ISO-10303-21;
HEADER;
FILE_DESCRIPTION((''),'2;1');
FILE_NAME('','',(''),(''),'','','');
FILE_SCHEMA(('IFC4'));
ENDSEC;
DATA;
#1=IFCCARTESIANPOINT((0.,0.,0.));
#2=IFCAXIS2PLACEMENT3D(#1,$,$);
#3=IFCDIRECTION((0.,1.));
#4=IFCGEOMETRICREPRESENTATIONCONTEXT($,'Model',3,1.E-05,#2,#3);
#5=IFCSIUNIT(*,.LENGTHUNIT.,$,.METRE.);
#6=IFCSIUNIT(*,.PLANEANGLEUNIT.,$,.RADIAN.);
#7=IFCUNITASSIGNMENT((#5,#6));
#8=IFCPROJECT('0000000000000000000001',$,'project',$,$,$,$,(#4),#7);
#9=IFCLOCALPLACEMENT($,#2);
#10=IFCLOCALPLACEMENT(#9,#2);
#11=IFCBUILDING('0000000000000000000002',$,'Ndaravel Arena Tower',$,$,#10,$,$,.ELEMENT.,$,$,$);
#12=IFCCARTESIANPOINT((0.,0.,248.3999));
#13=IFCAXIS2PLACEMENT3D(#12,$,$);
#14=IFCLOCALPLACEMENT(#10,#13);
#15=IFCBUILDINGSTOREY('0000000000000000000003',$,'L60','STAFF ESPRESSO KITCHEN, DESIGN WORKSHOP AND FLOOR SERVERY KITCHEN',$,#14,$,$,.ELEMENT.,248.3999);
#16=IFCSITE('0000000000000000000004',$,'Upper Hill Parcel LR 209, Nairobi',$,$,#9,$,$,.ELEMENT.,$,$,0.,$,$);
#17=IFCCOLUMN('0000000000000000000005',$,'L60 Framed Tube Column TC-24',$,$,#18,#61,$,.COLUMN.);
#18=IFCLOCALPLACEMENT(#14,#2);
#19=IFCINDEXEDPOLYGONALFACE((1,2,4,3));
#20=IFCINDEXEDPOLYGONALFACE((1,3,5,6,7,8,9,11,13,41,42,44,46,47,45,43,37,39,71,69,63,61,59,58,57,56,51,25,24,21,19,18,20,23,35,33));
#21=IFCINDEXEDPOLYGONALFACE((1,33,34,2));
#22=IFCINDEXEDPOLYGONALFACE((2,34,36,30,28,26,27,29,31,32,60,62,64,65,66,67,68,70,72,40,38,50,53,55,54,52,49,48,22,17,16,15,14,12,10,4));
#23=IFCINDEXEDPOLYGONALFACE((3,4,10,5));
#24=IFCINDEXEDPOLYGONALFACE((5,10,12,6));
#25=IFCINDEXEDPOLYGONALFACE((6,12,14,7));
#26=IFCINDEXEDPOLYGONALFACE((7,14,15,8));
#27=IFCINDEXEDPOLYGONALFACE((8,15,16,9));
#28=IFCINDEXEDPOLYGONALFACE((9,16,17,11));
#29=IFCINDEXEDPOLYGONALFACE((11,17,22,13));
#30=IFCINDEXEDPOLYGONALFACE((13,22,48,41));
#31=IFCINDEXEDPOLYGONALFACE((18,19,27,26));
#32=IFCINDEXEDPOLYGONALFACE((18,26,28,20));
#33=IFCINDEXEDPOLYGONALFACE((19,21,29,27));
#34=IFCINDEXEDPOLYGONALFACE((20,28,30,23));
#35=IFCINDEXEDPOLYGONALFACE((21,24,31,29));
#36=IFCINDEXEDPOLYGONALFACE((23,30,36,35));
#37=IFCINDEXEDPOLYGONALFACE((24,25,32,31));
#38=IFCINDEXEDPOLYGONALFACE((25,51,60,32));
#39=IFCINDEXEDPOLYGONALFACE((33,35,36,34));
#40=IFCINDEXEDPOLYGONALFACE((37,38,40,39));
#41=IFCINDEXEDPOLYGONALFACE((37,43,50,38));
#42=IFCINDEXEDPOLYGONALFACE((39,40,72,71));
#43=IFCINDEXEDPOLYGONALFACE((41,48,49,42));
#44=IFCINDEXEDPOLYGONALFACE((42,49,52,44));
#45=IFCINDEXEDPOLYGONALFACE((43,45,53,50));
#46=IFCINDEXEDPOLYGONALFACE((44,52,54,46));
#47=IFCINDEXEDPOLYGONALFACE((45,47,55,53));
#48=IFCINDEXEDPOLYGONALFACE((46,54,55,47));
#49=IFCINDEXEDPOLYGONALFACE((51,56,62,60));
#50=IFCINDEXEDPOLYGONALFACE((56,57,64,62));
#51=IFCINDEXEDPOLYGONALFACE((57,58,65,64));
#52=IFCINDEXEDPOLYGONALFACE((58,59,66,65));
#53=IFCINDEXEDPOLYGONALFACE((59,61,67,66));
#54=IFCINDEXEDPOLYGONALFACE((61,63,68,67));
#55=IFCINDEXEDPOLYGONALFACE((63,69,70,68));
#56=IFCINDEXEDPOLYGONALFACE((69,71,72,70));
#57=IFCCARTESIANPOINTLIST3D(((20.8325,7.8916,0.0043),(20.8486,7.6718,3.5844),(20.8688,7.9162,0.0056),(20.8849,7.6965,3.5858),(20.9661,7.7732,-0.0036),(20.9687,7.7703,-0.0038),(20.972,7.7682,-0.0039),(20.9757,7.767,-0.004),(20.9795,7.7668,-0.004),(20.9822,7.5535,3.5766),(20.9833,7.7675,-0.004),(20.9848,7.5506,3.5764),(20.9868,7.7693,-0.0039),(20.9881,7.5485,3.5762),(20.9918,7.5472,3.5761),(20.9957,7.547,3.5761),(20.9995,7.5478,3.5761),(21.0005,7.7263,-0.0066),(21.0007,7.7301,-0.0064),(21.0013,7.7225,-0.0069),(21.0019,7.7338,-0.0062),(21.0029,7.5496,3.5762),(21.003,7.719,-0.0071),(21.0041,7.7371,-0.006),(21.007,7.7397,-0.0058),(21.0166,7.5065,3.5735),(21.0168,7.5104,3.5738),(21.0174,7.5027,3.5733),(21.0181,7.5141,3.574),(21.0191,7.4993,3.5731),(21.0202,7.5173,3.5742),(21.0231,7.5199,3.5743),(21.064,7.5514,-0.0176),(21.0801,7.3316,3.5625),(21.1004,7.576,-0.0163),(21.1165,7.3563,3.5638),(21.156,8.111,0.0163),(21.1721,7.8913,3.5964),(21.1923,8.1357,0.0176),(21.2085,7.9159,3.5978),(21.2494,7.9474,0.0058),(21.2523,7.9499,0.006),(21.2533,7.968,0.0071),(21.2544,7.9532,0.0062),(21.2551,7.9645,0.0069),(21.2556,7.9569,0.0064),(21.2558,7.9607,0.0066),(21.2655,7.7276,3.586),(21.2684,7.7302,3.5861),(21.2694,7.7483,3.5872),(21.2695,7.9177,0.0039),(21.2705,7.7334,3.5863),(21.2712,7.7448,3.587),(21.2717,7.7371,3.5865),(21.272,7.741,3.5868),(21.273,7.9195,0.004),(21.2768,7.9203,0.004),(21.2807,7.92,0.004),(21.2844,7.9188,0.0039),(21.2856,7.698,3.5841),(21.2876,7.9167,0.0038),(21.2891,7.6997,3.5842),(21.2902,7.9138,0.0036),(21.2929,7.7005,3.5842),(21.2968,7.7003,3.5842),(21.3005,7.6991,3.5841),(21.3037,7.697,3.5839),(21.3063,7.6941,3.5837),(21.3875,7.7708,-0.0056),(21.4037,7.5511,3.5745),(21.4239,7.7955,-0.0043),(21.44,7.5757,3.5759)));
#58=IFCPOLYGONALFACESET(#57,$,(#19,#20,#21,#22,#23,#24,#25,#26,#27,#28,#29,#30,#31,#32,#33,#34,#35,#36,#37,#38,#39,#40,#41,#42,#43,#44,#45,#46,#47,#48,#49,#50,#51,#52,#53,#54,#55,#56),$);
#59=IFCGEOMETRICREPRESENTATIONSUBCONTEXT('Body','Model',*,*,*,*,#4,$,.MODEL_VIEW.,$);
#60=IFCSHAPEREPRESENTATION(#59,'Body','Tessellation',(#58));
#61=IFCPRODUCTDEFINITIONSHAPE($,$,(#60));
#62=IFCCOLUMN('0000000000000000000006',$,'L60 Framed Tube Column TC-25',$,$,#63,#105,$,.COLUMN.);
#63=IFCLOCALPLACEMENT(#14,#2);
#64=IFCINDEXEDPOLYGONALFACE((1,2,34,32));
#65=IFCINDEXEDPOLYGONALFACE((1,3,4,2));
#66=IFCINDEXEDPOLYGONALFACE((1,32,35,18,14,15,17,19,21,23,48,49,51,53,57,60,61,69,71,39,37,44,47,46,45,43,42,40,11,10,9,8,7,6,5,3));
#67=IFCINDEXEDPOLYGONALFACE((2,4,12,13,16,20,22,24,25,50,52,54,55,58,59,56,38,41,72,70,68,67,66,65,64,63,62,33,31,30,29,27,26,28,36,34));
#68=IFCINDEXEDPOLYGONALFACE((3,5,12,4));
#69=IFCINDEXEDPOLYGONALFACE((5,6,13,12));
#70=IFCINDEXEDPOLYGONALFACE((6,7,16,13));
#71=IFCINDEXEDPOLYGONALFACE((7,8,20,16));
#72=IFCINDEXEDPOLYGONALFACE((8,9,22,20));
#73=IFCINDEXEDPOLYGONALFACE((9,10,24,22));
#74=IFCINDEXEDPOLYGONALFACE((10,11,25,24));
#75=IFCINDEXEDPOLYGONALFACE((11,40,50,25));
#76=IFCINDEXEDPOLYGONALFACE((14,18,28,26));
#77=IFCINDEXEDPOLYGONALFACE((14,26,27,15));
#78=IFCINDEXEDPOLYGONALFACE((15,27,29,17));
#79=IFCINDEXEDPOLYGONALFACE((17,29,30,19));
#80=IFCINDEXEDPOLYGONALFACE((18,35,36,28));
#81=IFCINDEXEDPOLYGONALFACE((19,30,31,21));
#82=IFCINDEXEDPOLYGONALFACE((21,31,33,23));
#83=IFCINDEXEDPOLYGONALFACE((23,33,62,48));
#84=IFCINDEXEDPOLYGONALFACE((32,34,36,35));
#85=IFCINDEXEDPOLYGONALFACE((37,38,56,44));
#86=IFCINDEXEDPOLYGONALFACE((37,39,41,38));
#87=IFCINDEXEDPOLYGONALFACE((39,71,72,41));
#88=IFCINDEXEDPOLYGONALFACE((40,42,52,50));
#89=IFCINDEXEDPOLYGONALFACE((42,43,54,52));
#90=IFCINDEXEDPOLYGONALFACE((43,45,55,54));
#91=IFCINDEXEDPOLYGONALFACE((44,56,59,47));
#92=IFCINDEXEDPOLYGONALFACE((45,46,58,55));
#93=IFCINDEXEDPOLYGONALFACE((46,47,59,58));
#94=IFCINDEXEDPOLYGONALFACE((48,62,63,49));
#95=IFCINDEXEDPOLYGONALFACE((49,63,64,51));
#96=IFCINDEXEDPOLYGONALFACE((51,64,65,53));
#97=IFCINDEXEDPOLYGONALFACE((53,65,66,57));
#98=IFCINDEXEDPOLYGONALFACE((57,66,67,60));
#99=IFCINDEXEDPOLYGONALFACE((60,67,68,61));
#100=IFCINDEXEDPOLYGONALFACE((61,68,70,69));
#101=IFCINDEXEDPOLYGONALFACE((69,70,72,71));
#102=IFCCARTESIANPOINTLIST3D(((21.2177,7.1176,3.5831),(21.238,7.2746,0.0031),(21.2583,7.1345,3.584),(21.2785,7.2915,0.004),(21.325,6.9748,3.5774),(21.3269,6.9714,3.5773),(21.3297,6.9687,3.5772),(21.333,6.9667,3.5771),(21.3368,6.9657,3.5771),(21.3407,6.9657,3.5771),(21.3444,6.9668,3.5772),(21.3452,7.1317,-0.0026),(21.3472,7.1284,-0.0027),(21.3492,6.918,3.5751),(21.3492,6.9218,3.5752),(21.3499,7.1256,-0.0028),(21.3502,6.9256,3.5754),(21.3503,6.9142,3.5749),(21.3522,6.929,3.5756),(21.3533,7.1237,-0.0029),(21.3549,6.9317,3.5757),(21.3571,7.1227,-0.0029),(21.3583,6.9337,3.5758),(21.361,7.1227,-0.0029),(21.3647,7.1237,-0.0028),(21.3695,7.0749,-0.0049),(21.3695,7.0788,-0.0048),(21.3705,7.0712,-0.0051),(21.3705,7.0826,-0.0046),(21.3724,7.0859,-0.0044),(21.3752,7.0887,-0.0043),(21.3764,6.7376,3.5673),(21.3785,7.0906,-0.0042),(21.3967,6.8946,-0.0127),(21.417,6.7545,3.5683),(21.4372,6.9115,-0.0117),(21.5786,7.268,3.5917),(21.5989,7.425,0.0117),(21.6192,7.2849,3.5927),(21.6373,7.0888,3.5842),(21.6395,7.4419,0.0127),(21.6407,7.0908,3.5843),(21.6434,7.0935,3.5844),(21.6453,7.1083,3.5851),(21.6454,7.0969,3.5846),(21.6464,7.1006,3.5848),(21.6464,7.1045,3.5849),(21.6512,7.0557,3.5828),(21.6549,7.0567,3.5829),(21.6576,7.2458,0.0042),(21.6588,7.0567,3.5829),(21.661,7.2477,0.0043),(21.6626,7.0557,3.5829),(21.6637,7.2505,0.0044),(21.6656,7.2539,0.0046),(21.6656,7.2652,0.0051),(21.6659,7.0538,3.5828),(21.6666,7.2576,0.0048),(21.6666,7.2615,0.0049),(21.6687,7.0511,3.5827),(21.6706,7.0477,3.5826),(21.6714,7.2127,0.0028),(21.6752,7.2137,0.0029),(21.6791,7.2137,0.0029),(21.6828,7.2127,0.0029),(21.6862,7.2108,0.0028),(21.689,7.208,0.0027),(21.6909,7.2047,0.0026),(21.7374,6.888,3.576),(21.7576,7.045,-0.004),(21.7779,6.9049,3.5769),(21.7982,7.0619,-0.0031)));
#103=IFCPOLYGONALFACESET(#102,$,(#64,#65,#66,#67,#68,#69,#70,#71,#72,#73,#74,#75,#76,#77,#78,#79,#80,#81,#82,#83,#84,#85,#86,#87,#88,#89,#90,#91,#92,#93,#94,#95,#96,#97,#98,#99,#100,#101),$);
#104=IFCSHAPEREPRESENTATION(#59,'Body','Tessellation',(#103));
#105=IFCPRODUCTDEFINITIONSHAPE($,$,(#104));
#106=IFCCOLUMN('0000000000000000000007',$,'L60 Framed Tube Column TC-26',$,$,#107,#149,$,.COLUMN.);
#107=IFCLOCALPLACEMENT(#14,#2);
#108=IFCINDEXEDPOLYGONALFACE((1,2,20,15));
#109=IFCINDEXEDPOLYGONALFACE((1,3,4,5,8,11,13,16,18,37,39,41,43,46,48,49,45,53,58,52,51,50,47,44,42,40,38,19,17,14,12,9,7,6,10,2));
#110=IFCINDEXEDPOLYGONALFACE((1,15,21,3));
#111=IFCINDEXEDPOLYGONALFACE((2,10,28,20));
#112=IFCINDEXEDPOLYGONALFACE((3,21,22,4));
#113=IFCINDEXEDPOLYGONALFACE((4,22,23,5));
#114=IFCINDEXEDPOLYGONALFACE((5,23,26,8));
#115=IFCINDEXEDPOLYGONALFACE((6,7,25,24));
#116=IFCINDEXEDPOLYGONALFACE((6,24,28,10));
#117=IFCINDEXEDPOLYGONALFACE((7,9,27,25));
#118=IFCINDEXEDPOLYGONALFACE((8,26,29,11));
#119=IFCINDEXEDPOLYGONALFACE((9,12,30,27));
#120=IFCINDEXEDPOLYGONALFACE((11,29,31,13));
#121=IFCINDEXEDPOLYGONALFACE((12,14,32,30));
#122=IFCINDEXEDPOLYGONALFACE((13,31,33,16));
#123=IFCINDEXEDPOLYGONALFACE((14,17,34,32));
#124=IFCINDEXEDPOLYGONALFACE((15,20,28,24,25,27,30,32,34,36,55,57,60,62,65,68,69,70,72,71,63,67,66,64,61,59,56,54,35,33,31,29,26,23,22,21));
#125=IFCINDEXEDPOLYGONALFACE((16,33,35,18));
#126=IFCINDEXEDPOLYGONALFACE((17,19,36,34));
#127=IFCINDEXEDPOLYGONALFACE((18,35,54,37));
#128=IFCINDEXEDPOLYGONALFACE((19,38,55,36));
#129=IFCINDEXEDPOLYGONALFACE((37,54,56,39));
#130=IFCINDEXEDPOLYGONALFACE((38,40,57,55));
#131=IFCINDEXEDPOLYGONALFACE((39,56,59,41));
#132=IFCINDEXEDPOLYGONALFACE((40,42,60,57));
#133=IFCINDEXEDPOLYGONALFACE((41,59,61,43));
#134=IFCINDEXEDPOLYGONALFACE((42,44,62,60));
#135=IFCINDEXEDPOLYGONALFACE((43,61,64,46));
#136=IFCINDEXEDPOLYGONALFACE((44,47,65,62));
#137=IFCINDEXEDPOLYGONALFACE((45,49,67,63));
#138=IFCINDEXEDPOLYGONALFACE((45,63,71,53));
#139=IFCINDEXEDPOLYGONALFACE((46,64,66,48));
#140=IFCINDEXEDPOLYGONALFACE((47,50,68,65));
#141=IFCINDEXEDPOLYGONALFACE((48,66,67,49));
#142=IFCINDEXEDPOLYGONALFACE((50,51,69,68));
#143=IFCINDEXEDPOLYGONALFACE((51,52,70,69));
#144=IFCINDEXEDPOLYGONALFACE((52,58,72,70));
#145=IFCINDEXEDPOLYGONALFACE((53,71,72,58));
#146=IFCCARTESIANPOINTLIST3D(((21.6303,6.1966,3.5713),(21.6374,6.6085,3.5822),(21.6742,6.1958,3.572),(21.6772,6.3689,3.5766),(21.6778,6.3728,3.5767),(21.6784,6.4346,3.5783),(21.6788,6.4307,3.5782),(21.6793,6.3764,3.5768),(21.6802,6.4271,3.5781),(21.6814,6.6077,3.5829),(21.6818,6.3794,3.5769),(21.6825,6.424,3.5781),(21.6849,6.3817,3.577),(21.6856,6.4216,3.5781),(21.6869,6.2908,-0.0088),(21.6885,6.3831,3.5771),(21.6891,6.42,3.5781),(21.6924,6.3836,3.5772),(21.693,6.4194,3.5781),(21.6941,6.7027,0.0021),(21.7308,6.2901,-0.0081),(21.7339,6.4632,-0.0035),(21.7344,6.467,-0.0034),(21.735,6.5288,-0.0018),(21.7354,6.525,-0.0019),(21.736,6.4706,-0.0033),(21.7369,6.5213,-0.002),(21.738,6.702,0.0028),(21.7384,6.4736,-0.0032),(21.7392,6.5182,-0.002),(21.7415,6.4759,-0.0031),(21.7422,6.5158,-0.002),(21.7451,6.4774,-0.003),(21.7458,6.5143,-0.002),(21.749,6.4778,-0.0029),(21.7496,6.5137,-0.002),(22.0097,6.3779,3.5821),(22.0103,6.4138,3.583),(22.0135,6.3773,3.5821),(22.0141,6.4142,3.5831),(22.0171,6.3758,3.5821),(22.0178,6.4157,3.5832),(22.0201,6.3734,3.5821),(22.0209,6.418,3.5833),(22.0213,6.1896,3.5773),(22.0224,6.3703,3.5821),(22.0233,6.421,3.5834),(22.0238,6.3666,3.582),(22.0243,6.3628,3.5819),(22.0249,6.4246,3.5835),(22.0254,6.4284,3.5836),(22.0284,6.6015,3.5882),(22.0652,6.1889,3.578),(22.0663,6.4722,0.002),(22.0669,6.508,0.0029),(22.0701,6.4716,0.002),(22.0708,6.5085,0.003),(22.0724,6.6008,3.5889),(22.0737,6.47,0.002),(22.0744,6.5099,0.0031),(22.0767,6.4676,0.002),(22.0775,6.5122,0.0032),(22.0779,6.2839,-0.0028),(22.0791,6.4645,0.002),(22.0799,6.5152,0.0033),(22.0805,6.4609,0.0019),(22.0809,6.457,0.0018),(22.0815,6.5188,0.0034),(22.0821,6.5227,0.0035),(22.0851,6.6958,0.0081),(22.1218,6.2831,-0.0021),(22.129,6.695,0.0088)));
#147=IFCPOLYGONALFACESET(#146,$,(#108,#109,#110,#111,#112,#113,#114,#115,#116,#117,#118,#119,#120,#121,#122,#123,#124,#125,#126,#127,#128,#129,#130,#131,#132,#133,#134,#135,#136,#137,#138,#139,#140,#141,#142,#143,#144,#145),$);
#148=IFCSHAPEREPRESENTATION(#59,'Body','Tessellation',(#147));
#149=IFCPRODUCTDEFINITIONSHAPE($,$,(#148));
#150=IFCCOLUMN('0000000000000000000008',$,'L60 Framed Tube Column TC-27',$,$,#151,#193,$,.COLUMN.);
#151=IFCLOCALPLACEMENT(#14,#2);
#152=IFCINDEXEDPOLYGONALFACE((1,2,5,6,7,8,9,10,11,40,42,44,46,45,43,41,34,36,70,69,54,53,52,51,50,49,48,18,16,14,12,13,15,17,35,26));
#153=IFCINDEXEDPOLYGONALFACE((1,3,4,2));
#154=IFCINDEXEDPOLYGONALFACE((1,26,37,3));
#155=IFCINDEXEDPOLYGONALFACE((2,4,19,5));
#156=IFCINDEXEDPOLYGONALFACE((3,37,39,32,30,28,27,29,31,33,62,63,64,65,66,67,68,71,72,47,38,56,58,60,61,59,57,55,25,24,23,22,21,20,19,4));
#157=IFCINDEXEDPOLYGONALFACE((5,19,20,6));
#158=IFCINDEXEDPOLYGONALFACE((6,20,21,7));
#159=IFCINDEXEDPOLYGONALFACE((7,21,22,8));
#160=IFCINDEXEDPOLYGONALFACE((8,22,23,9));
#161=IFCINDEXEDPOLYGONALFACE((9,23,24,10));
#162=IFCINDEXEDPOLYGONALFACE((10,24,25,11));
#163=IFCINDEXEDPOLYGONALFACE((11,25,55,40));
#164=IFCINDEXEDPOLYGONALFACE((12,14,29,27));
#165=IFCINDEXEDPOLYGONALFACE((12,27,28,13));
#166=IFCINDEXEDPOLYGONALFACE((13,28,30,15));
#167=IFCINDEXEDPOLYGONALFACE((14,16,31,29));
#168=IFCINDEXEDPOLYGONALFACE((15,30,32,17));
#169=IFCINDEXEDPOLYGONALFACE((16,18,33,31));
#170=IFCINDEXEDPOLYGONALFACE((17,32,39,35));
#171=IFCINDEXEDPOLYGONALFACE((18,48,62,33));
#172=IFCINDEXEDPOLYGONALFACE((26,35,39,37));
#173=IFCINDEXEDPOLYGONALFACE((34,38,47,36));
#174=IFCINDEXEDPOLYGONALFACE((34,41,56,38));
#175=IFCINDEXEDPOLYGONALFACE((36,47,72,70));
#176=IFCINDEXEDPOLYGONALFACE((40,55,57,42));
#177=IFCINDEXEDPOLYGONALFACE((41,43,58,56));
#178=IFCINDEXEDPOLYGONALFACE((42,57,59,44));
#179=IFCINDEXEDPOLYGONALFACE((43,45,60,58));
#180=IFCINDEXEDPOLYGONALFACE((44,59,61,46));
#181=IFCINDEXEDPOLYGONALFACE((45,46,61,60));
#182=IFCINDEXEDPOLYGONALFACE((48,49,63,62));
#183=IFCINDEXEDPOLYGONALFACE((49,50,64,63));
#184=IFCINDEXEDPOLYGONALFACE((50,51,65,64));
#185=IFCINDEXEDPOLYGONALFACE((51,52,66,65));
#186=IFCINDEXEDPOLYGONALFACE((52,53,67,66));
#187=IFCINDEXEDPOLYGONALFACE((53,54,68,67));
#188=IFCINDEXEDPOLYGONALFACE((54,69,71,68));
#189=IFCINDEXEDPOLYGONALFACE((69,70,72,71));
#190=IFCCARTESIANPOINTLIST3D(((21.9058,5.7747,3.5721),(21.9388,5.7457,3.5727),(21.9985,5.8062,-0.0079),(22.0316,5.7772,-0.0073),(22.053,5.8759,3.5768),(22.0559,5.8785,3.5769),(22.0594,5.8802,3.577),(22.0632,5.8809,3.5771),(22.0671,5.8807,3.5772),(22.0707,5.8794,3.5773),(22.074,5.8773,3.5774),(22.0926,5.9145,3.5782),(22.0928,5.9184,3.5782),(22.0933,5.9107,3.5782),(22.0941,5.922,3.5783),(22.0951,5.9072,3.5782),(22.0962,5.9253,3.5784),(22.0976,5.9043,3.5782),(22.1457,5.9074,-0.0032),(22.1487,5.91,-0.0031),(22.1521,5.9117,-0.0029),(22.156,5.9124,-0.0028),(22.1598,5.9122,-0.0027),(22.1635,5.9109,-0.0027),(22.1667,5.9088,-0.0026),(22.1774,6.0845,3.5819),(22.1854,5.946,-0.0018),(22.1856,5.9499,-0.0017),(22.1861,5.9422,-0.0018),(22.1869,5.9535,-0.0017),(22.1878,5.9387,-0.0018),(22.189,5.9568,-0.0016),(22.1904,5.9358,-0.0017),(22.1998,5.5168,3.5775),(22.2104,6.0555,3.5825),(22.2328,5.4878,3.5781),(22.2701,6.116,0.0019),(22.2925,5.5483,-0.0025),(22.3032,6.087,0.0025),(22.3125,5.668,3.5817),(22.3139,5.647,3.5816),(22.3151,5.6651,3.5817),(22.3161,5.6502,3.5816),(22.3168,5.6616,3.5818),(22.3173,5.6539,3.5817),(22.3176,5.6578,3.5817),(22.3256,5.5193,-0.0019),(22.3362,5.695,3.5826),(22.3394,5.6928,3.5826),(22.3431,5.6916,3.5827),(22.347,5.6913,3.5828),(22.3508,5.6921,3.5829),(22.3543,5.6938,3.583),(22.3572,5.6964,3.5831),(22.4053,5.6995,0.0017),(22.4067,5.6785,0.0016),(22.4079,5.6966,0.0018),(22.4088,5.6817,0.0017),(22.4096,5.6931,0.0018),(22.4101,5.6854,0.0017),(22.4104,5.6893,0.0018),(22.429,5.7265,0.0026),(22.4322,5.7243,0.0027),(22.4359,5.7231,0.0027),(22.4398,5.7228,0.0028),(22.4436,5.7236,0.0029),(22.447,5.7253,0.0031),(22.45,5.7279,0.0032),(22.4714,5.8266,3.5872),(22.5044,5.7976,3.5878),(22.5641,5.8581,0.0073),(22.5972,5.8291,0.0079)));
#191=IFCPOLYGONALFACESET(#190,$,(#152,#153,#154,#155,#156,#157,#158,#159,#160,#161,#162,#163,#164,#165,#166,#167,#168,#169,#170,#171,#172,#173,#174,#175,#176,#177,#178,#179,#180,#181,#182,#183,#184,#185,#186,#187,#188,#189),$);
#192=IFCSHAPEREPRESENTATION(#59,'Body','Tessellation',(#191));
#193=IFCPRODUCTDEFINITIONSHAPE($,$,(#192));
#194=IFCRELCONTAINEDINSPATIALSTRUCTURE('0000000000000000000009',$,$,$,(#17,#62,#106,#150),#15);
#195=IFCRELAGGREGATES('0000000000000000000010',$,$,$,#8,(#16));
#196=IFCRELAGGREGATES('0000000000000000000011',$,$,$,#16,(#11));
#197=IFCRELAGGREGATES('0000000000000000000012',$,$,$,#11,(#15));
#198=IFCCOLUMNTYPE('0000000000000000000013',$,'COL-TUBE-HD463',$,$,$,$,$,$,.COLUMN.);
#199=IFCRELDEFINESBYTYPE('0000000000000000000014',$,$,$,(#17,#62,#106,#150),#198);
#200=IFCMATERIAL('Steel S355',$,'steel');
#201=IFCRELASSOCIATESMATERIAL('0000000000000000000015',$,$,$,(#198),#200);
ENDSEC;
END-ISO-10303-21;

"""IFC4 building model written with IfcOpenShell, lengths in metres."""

from ifc_helpers import new_model, si_unit, direction, frame, origin, origin_2d, place, context, subcontext, project, spatial, i_section, extrude, material, material_profile, profile_set, type_object, element, save


model = new_model("IFC4")

# Units and contexts
model_context = context("Model", 3, precision=1e-05, world=origin(), true_north=direction((0.0, 1.0)))
body_context = subcontext(model_context, "Body", "Model", "MODEL_VIEW")
ifc_project = project(units=[si_unit("LENGTHUNIT", "METRE"), si_unit("PLANEANGLEUNIT", "RADIAN")], contexts=[model_context])

# Site, building, storey
site_placement = place(None, origin())
site = spatial("IfcSite", under=ifc_project, at=site_placement, Name="Upper Hill Parcel LR 209, Nairobi", CompositionType="ELEMENT", RefElevation=0.0)
building_placement = place(site_placement, origin())
building = spatial("IfcBuilding", under=site, at=building_placement, Name="Ndaravel Arena Tower", CompositionType="ELEMENT")
storey_placement = place(building_placement, frame((0.0, 0.0, 248.3999)))
storey = spatial("IfcBuildingStorey", under=building, at=storey_placement, Name="L60", Description="STAFF ESPRESSO KITCHEN, DESIGN WORKSHOP AND FLOOR SERVERY KITCHEN", CompositionType="ELEMENT", Elevation=248.3999)

# Columns
ifc_material_1 = material(Name="Steel S355", Category="steel")
ifc_material_profile_1 = material_profile(ifc_material_1, i_section(OverallWidth=0.4121, OverallDepth=0.4351, WebThickness=0.0359, FlangeThickness=0.0439, FilletRadius=0.0149, at=origin_2d()), Name="HD 400x463")
ifc_profile_set_1 = profile_set([ifc_material_profile_1], Name="Steel S355")
column_type = type_object("IfcColumnType", Name="COL-TUBE-HD463", PredefinedType="COLUMN", material=ifc_profile_set_1)
column_1_placement = place(storey_placement, frame((21.1282, 7.8435, 0.0), z_axis=(0.004492, -0.061259, 0.998112), x_axis=(-0.56188, 0.825507, 0.053194)))
element("IfcColumn", 1, at=column_1_placement, inside=storey, type_object=column_type, Name="L60 Framed Tube Column TC-24", PredefinedType="COLUMN", context=body_context, shape_type="SweptSolid", body=[
    extrude(i_section(OverallWidth=0.4121, OverallDepth=0.4351, WebThickness=0.0359, FlangeThickness=0.0439, FilletRadius=0.0149, at=origin_2d()), origin(), (0.0, 0.0, 1.0), 3.5869),
])
column_2_placement = place(storey_placement, frame((21.5181, 7.1682, 0.0), z_axis=(-0.005655, -0.043806, 0.999024), x_axis=(-0.385125, 0.922071, 0.038252)))
element("IfcColumn", 2, at=column_2_placement, inside=storey, type_object=column_type, Name="L60 Framed Tube Column TC-25", PredefinedType="COLUMN", context=body_context, shape_type="SweptSolid", body=[
    extrude(i_section(OverallWidth=0.4121, OverallDepth=0.4351, WebThickness=0.0359, FlangeThickness=0.0439, FilletRadius=0.0149, at=origin_2d()), origin(), (0.0, 0.0, 1.0), 3.5835),
])
column_3_placement = place(storey_placement, frame((21.908, 6.4929, 0.0), z_axis=(-0.015814, -0.026311, 0.999529), x_axis=(0.017371, 0.999496, 0.026585)))
element("IfcColumn", 3, at=column_3_placement, inside=storey, type_object=column_type, Name="L60 Framed Tube Column TC-26", PredefinedType="COLUMN", context=body_context, shape_type="SweptSolid", body=[
    extrude(i_section(OverallWidth=0.4121, OverallDepth=0.4351, WebThickness=0.0359, FlangeThickness=0.0439, FilletRadius=0.0149, at=origin_2d()), origin(), (0.0, 0.0, 1.0), 3.5818),
])
column_4_placement = place(storey_placement, frame((22.2979, 5.8176, 0.0), z_axis=(-0.025904, -0.008794, 0.999626), x_axis=(0.659026, 0.751747, 0.023691)))
element("IfcColumn", 4, at=column_4_placement, inside=storey, type_object=column_type, Name="L60 Framed Tube Column TC-27", PredefinedType="COLUMN", context=body_context, shape_type="SweptSolid", body=[
    extrude(i_section(OverallWidth=0.4121, OverallDepth=0.4351, WebThickness=0.0359, FlangeThickness=0.0439, FilletRadius=0.0149, at=origin_2d()), origin(), (0.0, 0.0, 1.0), 3.5813),
])

save(model, "model.ifc")
